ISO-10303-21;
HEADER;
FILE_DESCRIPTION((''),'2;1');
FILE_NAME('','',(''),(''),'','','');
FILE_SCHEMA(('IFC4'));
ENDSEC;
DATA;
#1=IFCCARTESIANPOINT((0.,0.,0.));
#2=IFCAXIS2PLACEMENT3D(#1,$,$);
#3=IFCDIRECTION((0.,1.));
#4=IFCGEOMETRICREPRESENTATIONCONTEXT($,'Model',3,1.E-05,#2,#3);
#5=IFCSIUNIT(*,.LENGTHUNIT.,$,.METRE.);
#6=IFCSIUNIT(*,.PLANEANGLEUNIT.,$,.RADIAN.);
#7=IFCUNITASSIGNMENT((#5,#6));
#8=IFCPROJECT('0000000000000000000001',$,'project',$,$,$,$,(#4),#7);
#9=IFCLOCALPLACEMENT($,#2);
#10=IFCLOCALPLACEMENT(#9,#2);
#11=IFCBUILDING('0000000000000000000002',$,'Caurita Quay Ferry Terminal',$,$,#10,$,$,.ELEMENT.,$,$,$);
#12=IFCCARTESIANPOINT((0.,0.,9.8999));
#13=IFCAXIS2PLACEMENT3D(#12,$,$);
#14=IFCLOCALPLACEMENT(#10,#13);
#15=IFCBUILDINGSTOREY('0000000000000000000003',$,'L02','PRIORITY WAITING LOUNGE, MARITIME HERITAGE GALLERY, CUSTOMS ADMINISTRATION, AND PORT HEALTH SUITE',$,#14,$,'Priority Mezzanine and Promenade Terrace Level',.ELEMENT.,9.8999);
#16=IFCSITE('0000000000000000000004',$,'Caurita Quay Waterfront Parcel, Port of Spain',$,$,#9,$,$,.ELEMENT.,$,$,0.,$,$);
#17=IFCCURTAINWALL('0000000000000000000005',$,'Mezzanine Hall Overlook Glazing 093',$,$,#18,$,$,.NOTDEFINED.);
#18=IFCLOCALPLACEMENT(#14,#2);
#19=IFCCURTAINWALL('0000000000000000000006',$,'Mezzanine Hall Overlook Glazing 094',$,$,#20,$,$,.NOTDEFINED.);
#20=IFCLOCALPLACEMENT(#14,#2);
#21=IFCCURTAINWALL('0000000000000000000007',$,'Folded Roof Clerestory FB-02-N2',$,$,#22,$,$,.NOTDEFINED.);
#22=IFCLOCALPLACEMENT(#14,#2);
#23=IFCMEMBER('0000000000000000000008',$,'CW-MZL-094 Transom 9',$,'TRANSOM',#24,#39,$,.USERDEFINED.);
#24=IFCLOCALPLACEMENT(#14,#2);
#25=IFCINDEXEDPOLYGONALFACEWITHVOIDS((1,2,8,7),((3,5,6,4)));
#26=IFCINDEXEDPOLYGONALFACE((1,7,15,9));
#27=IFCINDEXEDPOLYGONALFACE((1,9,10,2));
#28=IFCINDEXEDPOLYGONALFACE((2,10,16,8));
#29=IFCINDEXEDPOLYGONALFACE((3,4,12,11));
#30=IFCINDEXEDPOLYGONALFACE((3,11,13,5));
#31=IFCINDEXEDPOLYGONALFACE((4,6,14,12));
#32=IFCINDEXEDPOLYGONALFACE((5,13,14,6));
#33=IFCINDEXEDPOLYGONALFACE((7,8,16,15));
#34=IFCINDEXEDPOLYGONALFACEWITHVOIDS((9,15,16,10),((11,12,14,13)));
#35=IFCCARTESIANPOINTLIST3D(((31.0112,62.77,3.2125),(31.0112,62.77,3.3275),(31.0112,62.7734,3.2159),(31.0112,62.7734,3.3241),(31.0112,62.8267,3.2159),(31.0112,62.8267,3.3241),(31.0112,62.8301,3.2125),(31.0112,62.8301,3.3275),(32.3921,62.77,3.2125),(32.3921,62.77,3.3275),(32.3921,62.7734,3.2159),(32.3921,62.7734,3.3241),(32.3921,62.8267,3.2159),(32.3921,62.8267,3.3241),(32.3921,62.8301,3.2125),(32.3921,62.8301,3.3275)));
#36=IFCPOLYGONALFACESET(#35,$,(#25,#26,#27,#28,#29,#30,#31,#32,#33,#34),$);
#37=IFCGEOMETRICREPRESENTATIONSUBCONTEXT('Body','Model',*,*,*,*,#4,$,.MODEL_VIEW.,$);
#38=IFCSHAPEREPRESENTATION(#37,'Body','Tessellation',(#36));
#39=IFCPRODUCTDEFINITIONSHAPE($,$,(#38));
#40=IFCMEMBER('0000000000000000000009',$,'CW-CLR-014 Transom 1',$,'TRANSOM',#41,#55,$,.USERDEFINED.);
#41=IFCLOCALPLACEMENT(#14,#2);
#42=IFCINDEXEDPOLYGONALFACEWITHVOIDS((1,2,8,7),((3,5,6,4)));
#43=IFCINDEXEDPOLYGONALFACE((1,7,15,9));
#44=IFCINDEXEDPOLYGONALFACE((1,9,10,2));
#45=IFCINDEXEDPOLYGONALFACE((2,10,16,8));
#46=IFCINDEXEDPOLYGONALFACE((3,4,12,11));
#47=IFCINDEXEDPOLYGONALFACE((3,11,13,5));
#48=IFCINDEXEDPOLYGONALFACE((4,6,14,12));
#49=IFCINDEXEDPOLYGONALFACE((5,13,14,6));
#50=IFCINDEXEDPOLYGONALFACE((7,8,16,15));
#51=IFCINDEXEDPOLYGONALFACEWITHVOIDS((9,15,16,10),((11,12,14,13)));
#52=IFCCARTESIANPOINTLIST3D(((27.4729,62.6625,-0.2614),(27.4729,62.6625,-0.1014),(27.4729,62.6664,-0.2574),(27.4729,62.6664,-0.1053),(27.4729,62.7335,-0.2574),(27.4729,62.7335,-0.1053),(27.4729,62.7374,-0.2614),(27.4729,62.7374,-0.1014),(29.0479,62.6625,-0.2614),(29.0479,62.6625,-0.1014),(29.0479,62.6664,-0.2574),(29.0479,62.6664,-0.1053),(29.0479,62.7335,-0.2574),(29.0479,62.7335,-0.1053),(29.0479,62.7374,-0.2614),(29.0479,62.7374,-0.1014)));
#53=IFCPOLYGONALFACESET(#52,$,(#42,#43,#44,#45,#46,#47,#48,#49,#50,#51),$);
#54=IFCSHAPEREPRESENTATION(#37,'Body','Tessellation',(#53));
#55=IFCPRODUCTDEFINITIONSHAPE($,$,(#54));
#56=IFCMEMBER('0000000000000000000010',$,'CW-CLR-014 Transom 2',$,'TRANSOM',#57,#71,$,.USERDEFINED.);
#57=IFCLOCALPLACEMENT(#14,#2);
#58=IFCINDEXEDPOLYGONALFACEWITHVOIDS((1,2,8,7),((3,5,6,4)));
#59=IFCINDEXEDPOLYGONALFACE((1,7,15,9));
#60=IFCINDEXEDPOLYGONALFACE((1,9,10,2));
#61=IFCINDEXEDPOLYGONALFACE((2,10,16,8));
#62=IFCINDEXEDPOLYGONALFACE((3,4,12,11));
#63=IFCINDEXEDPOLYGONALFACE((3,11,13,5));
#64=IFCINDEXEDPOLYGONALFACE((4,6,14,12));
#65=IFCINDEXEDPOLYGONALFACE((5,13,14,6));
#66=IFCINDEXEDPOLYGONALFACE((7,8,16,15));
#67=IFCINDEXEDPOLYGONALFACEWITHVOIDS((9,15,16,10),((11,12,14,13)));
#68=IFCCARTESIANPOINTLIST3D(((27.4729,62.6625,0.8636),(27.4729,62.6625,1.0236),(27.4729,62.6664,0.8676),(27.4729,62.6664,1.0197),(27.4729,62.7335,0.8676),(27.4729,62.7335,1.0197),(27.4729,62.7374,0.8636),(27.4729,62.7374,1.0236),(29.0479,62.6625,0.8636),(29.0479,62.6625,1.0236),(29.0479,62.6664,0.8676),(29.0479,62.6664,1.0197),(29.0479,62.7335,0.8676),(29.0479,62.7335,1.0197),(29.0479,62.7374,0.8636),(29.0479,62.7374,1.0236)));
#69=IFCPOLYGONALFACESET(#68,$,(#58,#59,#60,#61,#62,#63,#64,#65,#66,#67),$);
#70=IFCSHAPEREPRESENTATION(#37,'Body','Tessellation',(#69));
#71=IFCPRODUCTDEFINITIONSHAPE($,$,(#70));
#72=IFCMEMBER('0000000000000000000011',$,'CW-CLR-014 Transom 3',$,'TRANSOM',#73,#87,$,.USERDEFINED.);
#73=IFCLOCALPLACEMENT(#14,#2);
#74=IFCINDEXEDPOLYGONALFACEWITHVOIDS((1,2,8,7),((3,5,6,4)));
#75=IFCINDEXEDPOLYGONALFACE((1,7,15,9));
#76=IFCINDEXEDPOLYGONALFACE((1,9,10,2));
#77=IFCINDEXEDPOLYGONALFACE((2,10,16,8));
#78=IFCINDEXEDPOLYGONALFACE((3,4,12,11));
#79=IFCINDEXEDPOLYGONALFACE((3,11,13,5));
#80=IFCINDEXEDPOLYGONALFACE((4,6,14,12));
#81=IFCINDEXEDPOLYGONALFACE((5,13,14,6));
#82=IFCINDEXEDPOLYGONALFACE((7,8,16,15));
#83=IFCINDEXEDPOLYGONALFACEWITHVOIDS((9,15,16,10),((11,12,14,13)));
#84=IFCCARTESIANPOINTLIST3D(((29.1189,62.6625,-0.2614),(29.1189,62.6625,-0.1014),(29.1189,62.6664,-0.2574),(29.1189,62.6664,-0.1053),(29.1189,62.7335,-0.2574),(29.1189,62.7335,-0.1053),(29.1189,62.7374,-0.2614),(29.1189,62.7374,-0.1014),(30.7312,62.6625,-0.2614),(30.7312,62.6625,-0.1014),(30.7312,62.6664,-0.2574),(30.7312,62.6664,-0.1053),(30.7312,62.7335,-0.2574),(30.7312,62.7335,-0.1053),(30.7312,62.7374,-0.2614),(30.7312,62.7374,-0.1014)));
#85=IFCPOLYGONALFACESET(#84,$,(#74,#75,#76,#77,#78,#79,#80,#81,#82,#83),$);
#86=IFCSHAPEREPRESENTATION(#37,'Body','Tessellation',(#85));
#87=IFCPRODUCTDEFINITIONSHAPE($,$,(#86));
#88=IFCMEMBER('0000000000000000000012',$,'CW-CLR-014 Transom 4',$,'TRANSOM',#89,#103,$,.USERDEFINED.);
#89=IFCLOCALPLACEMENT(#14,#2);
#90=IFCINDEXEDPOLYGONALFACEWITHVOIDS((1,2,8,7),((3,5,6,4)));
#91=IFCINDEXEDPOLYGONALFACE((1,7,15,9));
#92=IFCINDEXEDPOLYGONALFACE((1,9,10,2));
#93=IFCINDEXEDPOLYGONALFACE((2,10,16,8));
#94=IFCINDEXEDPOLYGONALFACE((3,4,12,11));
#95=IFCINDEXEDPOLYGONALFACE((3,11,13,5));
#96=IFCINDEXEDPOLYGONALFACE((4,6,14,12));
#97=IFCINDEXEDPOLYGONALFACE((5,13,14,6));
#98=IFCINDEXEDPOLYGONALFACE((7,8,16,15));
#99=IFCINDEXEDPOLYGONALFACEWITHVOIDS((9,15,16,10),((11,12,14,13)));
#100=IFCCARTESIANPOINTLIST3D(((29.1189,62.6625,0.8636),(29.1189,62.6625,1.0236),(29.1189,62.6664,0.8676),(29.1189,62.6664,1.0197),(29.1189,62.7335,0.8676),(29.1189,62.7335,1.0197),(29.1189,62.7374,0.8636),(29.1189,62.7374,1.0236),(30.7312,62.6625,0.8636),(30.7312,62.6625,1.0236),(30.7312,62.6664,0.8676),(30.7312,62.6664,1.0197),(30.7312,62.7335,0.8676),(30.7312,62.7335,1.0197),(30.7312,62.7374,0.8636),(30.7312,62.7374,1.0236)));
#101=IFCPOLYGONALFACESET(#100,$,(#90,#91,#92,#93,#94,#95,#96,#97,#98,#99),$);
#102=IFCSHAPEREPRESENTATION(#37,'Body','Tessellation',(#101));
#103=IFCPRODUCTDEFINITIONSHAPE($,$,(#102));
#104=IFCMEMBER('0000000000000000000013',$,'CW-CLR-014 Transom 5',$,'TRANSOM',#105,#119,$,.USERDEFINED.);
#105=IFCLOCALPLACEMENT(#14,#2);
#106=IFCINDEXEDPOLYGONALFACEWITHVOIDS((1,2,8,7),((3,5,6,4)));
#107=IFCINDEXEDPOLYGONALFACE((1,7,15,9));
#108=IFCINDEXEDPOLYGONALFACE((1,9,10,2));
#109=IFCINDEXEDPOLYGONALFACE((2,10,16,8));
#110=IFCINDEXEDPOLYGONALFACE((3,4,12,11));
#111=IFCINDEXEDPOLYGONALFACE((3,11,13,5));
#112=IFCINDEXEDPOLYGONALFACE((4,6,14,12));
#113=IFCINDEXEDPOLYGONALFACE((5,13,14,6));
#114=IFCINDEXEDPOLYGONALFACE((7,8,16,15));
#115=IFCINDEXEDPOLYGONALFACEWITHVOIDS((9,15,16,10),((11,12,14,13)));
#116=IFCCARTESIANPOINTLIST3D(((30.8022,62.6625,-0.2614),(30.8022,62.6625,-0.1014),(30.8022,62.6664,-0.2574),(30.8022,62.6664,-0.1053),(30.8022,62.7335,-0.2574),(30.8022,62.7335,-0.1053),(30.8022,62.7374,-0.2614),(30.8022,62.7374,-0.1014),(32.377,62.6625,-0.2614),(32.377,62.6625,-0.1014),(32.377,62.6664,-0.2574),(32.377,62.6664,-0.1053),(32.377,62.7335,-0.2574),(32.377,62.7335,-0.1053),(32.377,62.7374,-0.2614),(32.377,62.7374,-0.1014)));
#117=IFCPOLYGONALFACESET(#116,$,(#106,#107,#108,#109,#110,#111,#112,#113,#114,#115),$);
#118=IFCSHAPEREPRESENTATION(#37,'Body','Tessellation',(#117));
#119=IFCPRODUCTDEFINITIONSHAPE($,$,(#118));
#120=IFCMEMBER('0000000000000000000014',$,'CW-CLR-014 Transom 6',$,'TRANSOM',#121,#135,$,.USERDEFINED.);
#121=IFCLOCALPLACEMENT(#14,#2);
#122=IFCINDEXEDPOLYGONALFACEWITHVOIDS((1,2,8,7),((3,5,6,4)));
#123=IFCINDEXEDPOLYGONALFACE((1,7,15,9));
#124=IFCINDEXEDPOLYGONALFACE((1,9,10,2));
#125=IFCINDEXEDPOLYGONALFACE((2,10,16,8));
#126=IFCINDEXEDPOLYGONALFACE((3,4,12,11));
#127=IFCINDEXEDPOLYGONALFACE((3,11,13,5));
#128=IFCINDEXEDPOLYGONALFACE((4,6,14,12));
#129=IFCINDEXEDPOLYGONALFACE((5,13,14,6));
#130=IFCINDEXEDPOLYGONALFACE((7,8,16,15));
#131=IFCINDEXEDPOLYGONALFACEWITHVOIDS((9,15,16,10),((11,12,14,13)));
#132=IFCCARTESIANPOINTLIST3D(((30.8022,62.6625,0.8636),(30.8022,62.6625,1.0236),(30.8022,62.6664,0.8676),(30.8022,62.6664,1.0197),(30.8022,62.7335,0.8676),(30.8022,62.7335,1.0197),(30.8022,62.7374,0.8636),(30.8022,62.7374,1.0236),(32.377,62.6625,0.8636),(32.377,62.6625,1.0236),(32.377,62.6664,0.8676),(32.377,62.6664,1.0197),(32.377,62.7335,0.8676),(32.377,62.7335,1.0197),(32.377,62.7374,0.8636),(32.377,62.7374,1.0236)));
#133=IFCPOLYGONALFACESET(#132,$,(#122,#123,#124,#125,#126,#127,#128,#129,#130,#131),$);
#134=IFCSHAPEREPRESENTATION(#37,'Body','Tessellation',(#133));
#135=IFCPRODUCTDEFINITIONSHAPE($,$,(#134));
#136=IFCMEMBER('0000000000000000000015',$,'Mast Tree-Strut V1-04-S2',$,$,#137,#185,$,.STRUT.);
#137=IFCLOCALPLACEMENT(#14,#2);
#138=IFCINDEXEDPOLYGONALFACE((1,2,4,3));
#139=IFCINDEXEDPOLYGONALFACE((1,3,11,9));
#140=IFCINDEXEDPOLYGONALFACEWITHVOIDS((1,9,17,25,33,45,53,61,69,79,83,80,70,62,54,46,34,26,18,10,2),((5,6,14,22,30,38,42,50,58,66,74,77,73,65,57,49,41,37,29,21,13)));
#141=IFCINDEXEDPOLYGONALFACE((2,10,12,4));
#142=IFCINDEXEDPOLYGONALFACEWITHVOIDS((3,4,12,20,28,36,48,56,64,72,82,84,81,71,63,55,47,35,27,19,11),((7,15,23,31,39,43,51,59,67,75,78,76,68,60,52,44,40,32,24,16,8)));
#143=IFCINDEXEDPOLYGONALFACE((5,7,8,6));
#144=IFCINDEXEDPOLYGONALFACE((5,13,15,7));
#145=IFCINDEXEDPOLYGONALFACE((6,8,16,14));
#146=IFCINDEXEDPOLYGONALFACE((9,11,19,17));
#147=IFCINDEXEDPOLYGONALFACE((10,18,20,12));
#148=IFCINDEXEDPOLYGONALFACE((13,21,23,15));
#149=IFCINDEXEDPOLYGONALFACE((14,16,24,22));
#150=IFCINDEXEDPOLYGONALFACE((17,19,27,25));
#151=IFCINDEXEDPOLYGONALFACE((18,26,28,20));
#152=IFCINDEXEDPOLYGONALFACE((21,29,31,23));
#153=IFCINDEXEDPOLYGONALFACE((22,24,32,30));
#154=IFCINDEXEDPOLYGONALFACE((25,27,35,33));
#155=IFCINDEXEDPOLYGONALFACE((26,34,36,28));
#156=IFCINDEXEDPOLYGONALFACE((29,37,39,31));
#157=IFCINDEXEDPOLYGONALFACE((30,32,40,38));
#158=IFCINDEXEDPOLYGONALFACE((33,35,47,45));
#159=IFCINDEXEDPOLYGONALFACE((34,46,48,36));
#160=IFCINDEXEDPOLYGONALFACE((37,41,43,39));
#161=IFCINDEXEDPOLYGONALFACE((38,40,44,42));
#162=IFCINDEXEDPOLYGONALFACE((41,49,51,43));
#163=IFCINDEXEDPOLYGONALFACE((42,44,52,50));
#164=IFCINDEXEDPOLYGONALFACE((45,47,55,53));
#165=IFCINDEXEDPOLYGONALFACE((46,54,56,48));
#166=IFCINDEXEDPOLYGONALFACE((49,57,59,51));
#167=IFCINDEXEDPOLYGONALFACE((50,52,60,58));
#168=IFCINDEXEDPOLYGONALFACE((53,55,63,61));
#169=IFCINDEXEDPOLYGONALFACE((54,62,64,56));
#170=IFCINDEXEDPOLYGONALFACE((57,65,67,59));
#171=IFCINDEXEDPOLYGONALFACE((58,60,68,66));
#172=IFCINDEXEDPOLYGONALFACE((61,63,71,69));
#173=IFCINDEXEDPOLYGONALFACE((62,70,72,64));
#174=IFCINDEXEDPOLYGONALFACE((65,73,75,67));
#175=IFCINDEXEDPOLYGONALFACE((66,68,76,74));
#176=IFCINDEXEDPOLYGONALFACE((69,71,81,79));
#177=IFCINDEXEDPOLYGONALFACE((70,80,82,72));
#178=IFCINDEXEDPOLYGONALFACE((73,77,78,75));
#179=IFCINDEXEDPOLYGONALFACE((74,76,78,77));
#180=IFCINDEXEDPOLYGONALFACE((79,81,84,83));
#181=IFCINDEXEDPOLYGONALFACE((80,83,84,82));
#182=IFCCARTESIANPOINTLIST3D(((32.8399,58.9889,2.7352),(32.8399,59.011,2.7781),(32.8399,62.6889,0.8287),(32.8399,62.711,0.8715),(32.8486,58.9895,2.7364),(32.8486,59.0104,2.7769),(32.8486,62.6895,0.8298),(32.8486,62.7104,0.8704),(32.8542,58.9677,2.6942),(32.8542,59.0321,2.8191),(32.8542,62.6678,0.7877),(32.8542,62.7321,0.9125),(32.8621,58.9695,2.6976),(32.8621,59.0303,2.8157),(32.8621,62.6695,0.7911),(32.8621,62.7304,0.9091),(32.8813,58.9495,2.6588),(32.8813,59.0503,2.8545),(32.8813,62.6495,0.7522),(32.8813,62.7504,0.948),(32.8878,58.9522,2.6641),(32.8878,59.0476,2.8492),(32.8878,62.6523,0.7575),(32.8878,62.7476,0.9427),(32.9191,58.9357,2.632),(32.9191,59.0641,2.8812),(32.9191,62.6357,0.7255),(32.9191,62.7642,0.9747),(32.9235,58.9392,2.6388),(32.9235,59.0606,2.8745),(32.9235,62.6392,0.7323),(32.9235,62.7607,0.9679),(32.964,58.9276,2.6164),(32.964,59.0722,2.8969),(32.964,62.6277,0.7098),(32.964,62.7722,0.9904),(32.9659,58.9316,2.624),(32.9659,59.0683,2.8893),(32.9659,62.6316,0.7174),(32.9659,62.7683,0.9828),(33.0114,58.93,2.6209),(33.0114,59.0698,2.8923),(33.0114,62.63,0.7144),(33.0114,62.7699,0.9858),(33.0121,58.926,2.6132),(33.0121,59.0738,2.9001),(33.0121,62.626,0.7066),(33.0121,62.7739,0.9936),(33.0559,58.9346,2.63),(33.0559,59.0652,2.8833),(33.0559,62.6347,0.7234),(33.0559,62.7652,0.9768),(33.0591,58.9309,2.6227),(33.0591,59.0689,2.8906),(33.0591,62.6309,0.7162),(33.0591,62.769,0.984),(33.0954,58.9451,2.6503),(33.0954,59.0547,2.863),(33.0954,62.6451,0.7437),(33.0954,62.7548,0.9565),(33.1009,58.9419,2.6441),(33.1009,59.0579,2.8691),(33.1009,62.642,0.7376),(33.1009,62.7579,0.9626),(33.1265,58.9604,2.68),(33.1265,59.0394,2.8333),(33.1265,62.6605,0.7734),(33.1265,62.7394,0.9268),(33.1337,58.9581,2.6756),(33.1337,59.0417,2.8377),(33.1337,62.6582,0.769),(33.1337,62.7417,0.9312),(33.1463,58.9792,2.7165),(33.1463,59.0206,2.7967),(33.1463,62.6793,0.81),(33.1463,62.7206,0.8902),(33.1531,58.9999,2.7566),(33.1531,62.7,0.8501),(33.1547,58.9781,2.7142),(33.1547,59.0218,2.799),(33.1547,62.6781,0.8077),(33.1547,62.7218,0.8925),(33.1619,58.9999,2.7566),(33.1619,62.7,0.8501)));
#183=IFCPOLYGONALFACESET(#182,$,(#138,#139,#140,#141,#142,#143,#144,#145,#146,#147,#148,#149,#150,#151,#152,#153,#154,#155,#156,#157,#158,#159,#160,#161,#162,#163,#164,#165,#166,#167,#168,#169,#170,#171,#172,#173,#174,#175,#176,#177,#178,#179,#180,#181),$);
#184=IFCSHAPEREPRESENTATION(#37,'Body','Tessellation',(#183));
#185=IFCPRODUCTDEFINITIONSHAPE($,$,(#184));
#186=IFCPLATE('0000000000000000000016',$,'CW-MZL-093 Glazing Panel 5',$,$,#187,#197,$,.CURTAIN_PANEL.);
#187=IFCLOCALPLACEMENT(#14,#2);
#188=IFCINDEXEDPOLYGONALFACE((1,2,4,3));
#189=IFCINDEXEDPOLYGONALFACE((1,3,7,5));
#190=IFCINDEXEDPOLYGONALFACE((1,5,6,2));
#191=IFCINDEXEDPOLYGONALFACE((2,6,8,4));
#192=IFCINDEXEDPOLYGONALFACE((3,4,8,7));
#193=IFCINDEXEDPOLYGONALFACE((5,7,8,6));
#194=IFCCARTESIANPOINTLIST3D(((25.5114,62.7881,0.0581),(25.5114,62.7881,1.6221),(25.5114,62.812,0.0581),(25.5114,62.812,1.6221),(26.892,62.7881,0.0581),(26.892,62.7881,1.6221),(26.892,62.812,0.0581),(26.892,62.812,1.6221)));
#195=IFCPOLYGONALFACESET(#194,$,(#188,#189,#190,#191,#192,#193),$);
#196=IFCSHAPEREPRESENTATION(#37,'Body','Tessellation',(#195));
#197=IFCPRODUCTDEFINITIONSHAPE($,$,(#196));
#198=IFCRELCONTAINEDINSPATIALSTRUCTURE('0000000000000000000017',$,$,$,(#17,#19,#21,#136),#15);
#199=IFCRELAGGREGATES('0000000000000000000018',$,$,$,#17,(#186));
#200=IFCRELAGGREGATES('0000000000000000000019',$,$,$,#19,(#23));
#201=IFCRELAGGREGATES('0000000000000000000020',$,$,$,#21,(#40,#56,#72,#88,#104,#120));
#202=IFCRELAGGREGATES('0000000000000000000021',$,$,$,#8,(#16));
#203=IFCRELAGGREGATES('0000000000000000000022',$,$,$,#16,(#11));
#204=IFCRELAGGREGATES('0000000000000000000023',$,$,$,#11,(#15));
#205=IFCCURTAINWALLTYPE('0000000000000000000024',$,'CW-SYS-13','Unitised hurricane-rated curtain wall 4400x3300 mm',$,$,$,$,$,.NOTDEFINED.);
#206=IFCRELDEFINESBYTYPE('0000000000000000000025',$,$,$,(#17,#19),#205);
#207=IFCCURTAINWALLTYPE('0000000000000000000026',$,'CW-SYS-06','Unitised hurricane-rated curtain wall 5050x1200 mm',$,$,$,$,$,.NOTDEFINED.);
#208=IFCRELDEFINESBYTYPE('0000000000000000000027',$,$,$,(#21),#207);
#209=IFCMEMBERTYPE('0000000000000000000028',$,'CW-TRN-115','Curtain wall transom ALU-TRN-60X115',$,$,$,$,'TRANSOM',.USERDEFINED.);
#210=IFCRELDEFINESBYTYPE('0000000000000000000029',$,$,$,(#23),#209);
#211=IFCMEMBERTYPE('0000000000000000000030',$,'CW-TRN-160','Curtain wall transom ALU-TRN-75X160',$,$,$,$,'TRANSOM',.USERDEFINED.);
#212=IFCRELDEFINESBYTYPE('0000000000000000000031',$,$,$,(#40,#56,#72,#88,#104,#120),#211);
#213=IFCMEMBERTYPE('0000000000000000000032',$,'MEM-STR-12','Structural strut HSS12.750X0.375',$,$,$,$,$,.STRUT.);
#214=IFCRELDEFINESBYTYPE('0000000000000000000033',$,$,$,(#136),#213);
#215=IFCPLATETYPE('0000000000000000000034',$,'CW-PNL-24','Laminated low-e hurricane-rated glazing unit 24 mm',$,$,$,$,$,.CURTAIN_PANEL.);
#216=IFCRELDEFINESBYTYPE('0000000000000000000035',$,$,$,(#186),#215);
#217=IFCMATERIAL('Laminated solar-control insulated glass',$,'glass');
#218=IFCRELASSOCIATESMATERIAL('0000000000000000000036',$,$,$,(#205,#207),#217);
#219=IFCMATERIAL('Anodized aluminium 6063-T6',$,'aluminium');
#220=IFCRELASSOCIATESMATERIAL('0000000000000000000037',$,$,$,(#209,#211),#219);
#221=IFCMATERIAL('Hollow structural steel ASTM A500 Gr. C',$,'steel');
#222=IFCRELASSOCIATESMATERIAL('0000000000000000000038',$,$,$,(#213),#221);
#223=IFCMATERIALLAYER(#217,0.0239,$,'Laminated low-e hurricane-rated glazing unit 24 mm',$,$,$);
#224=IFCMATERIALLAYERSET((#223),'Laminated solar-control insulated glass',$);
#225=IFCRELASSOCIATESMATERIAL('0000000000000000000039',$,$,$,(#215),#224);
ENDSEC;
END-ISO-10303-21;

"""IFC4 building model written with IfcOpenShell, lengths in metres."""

from ifc_helpers import new_model, si_unit, direction, frame, origin, origin_2d, place, context, subcontext, project, spatial, rectangle, hollow_rectangle, hollow_circle, extrude, material, layer, layer_set, material_profile, profile_set, type_object, element, aggregate, save


model = new_model("IFC4")

# Units and contexts
model_context = context("Model", 3, precision=1e-05, world=origin(), true_north=direction((0.0, 1.0)))
body_context = subcontext(model_context, "Body", "Model", "MODEL_VIEW")
ifc_project = project(units=[si_unit("LENGTHUNIT", "METRE"), si_unit("PLANEANGLEUNIT", "RADIAN")], contexts=[model_context])

# Site, building, storey
site_placement = place(None, origin())
site = spatial("IfcSite", under=ifc_project, at=site_placement, Name="Caurita Quay Waterfront Parcel, Port of Spain", CompositionType="ELEMENT", RefElevation=0.0)
building_placement = place(site_placement, origin())
building = spatial("IfcBuilding", under=site, at=building_placement, Name="Caurita Quay Ferry Terminal", CompositionType="ELEMENT")
storey_placement = place(building_placement, frame((0.0, 0.0, 9.8999)))
storey = spatial("IfcBuildingStorey", under=building, at=storey_placement, Name="L02", Description="PRIORITY WAITING LOUNGE, MARITIME HERITAGE GALLERY, CUSTOMS ADMINISTRATION, AND PORT HEALTH SUITE", LongName="Priority Mezzanine and Promenade Terrace Level", CompositionType="ELEMENT", Elevation=9.8999)

# Shared definitions
ifc_material_1 = material(Name="Hollow structural steel ASTM A500 Gr. C", Category="steel")

# Curtain wall
ifc_material_2 = material(Name="Laminated solar-control insulated glass", Category="glass")
curtain_wall_type_1 = type_object("IfcCurtainWallType", Name="CW-SYS-13", Description="Unitised hurricane-rated curtain wall 4400x3300 mm", PredefinedType="NOTDEFINED", material=ifc_material_2)
curtain_wall_1_placement = place(storey_placement, origin())
curtain_wall_1 = element("IfcCurtainWall", 1, at=curtain_wall_1_placement, inside=storey, type_object=curtain_wall_type_1, Name="Mezzanine Hall Overlook Glazing 093", PredefinedType="NOTDEFINED")
ifc_material_3 = material(Name="Anodized aluminium 6063-T6", Category="aluminium")

# Curtain wall
curtain_wall_2_placement = place(storey_placement, origin())
curtain_wall_2 = element("IfcCurtainWall", 2, at=curtain_wall_2_placement, inside=storey, type_object=curtain_wall_type_1, Name="Mezzanine Hall Overlook Glazing 094", PredefinedType="NOTDEFINED")

# Curtain wall
curtain_wall_type_2 = type_object("IfcCurtainWallType", Name="CW-SYS-06", Description="Unitised hurricane-rated curtain wall 5050x1200 mm", PredefinedType="NOTDEFINED", material=ifc_material_2)
curtain_wall_3_placement = place(storey_placement, origin())
curtain_wall_3 = element("IfcCurtainWall", 3, at=curtain_wall_3_placement, inside=storey, type_object=curtain_wall_type_2, Name="Folded Roof Clerestory FB-02-N2", PredefinedType="NOTDEFINED")

# Members
ifc_material_profile_1 = material_profile(ifc_material_3, hollow_rectangle(XDim=0.0601, YDim=0.115, WallThickness=0.0034, at=origin_2d()), Name="ALU-TRN-60X115")
ifc_profile_set_1 = profile_set([ifc_material_profile_1], Name="Anodized aluminium 6063-T6")
member_type_1 = type_object("IfcMemberType", Name="CW-TRN-115", Description="Curtain wall transom ALU-TRN-60X115", ElementType="TRANSOM", PredefinedType="USERDEFINED", material=ifc_profile_set_1)
member_1_placement = place(storey_placement, frame((31.0112, 62.8, 3.27), z_axis=(1.0, 0.0, 0.0), x_axis=(0.0, 1.0, 0.0)))
member_1 = element("IfcMember", 4, at=member_1_placement, type_object=member_type_1, Name="CW-MZL-094 Transom 9", ObjectType="TRANSOM", PredefinedType="USERDEFINED", context=body_context, shape_type="SweptSolid", body=[
    extrude(hollow_rectangle(XDim=0.0601, YDim=0.115, WallThickness=0.0034, at=origin_2d()), origin(), (0.0, 0.0, 1.0), 1.3809),
])
ifc_material_profile_2 = material_profile(ifc_material_3, hollow_rectangle(XDim=0.075, YDim=0.1599, WallThickness=0.0039, at=origin_2d()), Name="ALU-TRN-75X160")
ifc_profile_set_2 = profile_set([ifc_material_profile_2], Name="Anodized aluminium 6063-T6")
member_type_2 = type_object("IfcMemberType", Name="CW-TRN-160", Description="Curtain wall transom ALU-TRN-75X160", ElementType="TRANSOM", PredefinedType="USERDEFINED", material=ifc_profile_set_2)
member_2_placement = place(storey_placement, frame((27.4729, 62.7, -0.1814), z_axis=(1.0, 0.0, 0.0), x_axis=(0.0, 1.0, 0.0)))
member_2 = element("IfcMember", 5, at=member_2_placement, type_object=member_type_2, Name="CW-CLR-014 Transom 1", ObjectType="TRANSOM", PredefinedType="USERDEFINED", context=body_context, shape_type="SweptSolid", body=[
    extrude(hollow_rectangle(XDim=0.075, YDim=0.1599, WallThickness=0.0039, at=origin_2d()), origin(), (0.0, 0.0, 1.0), 1.575),
])
member_3_placement = place(storey_placement, frame((27.4729, 62.7, 0.9436), z_axis=(1.0, 0.0, 0.0), x_axis=(0.0, 1.0, 0.0)))
member_3 = element("IfcMember", 6, at=member_3_placement, type_object=member_type_2, Name="CW-CLR-014 Transom 2", ObjectType="TRANSOM", PredefinedType="USERDEFINED", context=body_context, shape_type="SweptSolid", body=[
    extrude(hollow_rectangle(XDim=0.075, YDim=0.1599, WallThickness=0.0039, at=origin_2d()), origin(), (0.0, 0.0, 1.0), 1.575),
])
member_4_placement = place(storey_placement, frame((29.1189, 62.7, -0.1814), z_axis=(1.0, 0.0, 0.0), x_axis=(0.0, 1.0, 0.0)))
member_4 = element("IfcMember", 7, at=member_4_placement, type_object=member_type_2, Name="CW-CLR-014 Transom 3", ObjectType="TRANSOM", PredefinedType="USERDEFINED", context=body_context, shape_type="SweptSolid", body=[
    extrude(hollow_rectangle(XDim=0.075, YDim=0.1599, WallThickness=0.0039, at=origin_2d()), origin(), (0.0, 0.0, 1.0), 1.6123),
])
member_5_placement = place(storey_placement, frame((29.1189, 62.7, 0.9436), z_axis=(1.0, 0.0, 0.0), x_axis=(0.0, 1.0, 0.0)))
member_5 = element("IfcMember", 8, at=member_5_placement, type_object=member_type_2, Name="CW-CLR-014 Transom 4", ObjectType="TRANSOM", PredefinedType="USERDEFINED", context=body_context, shape_type="SweptSolid", body=[
    extrude(hollow_rectangle(XDim=0.075, YDim=0.1599, WallThickness=0.0039, at=origin_2d()), origin(), (0.0, 0.0, 1.0), 1.6123),
])
member_6_placement = place(storey_placement, frame((30.8022, 62.7, -0.1814), z_axis=(1.0, 0.0, 0.0), x_axis=(0.0, 1.0, 0.0)))
member_6 = element("IfcMember", 9, at=member_6_placement, type_object=member_type_2, Name="CW-CLR-014 Transom 5", ObjectType="TRANSOM", PredefinedType="USERDEFINED", context=body_context, shape_type="SweptSolid", body=[
    extrude(hollow_rectangle(XDim=0.075, YDim=0.1599, WallThickness=0.0039, at=origin_2d()), origin(), (0.0, 0.0, 1.0), 1.5747),
])
member_7_placement = place(storey_placement, frame((30.8022, 62.7, 0.9436), z_axis=(1.0, 0.0, 0.0), x_axis=(0.0, 1.0, 0.0)))
member_7 = element("IfcMember", 10, at=member_7_placement, type_object=member_type_2, Name="CW-CLR-014 Transom 6", ObjectType="TRANSOM", PredefinedType="USERDEFINED", context=body_context, shape_type="SweptSolid", body=[
    extrude(hollow_rectangle(XDim=0.075, YDim=0.1599, WallThickness=0.0039, at=origin_2d()), origin(), (0.0, 0.0, 1.0), 1.5747),
])
ifc_material_profile_3 = material_profile(ifc_material_1, hollow_circle(Radius=0.1619, WallThickness=0.0088, at=origin_2d()), Name="HSS12.750X0.375")
ifc_profile_set_3 = profile_set([ifc_material_profile_3], Name="Hollow structural steel ASTM A500 Gr. C")
member_type_3 = type_object("IfcMemberType", Name="MEM-STR-12", Description="Structural strut HSS12.750X0.375", PredefinedType="STRUT", material=ifc_profile_set_3)
member_8_placement = place(storey_placement, frame((33.0, 62.7, 0.8501), z_axis=(0.0, -0.88893, 0.458044), x_axis=(1.0, 0.0, 0.0)))
element("IfcMember", 11, at=member_8_placement, inside=storey, type_object=member_type_3, Name="Mast Tree-Strut V1-04-S2", PredefinedType="STRUT", context=body_context, shape_type="SweptSolid", body=[
    extrude(hollow_circle(Radius=0.1619, WallThickness=0.0088, at=origin_2d()), origin(), (0.0, 0.0, 1.0), 4.1624),
])

# Plate
ifc_layer_1 = layer(ifc_material_2, 0.0239, Name="Laminated low-e hurricane-rated glazing unit 24 mm")
ifc_layer_set_1 = layer_set([ifc_layer_1], Name="Laminated solar-control insulated glass")
plate_type_1 = type_object("IfcPlateType", Name="CW-PNL-24", Description="Laminated low-e hurricane-rated glazing unit 24 mm", PredefinedType="CURTAIN_PANEL", material=ifc_layer_set_1)
plate_1_placement = place(storey_placement, frame((26.2017, 62.8, 0.0581), z_axis=(0.0, 0.0, 1.0), x_axis=(1.0, 0.0, 0.0)))
plate_1 = element("IfcPlate", 12, at=plate_1_placement, type_object=plate_type_1, Name="CW-MZL-093 Glazing Panel 5", PredefinedType="CURTAIN_PANEL", context=body_context, shape_type="SweptSolid", body=[
    extrude(rectangle(XDim=1.3806, YDim=0.0239, at=origin_2d()), origin(), (0.0, 0.0, 1.0), 1.564),
])
aggregate(curtain_wall_1, [plate_1])
aggregate(curtain_wall_2, [member_1])
aggregate(curtain_wall_3, [member_2, member_3, member_4, member_5, member_6, member_7])

save(model, "model.ifc")
